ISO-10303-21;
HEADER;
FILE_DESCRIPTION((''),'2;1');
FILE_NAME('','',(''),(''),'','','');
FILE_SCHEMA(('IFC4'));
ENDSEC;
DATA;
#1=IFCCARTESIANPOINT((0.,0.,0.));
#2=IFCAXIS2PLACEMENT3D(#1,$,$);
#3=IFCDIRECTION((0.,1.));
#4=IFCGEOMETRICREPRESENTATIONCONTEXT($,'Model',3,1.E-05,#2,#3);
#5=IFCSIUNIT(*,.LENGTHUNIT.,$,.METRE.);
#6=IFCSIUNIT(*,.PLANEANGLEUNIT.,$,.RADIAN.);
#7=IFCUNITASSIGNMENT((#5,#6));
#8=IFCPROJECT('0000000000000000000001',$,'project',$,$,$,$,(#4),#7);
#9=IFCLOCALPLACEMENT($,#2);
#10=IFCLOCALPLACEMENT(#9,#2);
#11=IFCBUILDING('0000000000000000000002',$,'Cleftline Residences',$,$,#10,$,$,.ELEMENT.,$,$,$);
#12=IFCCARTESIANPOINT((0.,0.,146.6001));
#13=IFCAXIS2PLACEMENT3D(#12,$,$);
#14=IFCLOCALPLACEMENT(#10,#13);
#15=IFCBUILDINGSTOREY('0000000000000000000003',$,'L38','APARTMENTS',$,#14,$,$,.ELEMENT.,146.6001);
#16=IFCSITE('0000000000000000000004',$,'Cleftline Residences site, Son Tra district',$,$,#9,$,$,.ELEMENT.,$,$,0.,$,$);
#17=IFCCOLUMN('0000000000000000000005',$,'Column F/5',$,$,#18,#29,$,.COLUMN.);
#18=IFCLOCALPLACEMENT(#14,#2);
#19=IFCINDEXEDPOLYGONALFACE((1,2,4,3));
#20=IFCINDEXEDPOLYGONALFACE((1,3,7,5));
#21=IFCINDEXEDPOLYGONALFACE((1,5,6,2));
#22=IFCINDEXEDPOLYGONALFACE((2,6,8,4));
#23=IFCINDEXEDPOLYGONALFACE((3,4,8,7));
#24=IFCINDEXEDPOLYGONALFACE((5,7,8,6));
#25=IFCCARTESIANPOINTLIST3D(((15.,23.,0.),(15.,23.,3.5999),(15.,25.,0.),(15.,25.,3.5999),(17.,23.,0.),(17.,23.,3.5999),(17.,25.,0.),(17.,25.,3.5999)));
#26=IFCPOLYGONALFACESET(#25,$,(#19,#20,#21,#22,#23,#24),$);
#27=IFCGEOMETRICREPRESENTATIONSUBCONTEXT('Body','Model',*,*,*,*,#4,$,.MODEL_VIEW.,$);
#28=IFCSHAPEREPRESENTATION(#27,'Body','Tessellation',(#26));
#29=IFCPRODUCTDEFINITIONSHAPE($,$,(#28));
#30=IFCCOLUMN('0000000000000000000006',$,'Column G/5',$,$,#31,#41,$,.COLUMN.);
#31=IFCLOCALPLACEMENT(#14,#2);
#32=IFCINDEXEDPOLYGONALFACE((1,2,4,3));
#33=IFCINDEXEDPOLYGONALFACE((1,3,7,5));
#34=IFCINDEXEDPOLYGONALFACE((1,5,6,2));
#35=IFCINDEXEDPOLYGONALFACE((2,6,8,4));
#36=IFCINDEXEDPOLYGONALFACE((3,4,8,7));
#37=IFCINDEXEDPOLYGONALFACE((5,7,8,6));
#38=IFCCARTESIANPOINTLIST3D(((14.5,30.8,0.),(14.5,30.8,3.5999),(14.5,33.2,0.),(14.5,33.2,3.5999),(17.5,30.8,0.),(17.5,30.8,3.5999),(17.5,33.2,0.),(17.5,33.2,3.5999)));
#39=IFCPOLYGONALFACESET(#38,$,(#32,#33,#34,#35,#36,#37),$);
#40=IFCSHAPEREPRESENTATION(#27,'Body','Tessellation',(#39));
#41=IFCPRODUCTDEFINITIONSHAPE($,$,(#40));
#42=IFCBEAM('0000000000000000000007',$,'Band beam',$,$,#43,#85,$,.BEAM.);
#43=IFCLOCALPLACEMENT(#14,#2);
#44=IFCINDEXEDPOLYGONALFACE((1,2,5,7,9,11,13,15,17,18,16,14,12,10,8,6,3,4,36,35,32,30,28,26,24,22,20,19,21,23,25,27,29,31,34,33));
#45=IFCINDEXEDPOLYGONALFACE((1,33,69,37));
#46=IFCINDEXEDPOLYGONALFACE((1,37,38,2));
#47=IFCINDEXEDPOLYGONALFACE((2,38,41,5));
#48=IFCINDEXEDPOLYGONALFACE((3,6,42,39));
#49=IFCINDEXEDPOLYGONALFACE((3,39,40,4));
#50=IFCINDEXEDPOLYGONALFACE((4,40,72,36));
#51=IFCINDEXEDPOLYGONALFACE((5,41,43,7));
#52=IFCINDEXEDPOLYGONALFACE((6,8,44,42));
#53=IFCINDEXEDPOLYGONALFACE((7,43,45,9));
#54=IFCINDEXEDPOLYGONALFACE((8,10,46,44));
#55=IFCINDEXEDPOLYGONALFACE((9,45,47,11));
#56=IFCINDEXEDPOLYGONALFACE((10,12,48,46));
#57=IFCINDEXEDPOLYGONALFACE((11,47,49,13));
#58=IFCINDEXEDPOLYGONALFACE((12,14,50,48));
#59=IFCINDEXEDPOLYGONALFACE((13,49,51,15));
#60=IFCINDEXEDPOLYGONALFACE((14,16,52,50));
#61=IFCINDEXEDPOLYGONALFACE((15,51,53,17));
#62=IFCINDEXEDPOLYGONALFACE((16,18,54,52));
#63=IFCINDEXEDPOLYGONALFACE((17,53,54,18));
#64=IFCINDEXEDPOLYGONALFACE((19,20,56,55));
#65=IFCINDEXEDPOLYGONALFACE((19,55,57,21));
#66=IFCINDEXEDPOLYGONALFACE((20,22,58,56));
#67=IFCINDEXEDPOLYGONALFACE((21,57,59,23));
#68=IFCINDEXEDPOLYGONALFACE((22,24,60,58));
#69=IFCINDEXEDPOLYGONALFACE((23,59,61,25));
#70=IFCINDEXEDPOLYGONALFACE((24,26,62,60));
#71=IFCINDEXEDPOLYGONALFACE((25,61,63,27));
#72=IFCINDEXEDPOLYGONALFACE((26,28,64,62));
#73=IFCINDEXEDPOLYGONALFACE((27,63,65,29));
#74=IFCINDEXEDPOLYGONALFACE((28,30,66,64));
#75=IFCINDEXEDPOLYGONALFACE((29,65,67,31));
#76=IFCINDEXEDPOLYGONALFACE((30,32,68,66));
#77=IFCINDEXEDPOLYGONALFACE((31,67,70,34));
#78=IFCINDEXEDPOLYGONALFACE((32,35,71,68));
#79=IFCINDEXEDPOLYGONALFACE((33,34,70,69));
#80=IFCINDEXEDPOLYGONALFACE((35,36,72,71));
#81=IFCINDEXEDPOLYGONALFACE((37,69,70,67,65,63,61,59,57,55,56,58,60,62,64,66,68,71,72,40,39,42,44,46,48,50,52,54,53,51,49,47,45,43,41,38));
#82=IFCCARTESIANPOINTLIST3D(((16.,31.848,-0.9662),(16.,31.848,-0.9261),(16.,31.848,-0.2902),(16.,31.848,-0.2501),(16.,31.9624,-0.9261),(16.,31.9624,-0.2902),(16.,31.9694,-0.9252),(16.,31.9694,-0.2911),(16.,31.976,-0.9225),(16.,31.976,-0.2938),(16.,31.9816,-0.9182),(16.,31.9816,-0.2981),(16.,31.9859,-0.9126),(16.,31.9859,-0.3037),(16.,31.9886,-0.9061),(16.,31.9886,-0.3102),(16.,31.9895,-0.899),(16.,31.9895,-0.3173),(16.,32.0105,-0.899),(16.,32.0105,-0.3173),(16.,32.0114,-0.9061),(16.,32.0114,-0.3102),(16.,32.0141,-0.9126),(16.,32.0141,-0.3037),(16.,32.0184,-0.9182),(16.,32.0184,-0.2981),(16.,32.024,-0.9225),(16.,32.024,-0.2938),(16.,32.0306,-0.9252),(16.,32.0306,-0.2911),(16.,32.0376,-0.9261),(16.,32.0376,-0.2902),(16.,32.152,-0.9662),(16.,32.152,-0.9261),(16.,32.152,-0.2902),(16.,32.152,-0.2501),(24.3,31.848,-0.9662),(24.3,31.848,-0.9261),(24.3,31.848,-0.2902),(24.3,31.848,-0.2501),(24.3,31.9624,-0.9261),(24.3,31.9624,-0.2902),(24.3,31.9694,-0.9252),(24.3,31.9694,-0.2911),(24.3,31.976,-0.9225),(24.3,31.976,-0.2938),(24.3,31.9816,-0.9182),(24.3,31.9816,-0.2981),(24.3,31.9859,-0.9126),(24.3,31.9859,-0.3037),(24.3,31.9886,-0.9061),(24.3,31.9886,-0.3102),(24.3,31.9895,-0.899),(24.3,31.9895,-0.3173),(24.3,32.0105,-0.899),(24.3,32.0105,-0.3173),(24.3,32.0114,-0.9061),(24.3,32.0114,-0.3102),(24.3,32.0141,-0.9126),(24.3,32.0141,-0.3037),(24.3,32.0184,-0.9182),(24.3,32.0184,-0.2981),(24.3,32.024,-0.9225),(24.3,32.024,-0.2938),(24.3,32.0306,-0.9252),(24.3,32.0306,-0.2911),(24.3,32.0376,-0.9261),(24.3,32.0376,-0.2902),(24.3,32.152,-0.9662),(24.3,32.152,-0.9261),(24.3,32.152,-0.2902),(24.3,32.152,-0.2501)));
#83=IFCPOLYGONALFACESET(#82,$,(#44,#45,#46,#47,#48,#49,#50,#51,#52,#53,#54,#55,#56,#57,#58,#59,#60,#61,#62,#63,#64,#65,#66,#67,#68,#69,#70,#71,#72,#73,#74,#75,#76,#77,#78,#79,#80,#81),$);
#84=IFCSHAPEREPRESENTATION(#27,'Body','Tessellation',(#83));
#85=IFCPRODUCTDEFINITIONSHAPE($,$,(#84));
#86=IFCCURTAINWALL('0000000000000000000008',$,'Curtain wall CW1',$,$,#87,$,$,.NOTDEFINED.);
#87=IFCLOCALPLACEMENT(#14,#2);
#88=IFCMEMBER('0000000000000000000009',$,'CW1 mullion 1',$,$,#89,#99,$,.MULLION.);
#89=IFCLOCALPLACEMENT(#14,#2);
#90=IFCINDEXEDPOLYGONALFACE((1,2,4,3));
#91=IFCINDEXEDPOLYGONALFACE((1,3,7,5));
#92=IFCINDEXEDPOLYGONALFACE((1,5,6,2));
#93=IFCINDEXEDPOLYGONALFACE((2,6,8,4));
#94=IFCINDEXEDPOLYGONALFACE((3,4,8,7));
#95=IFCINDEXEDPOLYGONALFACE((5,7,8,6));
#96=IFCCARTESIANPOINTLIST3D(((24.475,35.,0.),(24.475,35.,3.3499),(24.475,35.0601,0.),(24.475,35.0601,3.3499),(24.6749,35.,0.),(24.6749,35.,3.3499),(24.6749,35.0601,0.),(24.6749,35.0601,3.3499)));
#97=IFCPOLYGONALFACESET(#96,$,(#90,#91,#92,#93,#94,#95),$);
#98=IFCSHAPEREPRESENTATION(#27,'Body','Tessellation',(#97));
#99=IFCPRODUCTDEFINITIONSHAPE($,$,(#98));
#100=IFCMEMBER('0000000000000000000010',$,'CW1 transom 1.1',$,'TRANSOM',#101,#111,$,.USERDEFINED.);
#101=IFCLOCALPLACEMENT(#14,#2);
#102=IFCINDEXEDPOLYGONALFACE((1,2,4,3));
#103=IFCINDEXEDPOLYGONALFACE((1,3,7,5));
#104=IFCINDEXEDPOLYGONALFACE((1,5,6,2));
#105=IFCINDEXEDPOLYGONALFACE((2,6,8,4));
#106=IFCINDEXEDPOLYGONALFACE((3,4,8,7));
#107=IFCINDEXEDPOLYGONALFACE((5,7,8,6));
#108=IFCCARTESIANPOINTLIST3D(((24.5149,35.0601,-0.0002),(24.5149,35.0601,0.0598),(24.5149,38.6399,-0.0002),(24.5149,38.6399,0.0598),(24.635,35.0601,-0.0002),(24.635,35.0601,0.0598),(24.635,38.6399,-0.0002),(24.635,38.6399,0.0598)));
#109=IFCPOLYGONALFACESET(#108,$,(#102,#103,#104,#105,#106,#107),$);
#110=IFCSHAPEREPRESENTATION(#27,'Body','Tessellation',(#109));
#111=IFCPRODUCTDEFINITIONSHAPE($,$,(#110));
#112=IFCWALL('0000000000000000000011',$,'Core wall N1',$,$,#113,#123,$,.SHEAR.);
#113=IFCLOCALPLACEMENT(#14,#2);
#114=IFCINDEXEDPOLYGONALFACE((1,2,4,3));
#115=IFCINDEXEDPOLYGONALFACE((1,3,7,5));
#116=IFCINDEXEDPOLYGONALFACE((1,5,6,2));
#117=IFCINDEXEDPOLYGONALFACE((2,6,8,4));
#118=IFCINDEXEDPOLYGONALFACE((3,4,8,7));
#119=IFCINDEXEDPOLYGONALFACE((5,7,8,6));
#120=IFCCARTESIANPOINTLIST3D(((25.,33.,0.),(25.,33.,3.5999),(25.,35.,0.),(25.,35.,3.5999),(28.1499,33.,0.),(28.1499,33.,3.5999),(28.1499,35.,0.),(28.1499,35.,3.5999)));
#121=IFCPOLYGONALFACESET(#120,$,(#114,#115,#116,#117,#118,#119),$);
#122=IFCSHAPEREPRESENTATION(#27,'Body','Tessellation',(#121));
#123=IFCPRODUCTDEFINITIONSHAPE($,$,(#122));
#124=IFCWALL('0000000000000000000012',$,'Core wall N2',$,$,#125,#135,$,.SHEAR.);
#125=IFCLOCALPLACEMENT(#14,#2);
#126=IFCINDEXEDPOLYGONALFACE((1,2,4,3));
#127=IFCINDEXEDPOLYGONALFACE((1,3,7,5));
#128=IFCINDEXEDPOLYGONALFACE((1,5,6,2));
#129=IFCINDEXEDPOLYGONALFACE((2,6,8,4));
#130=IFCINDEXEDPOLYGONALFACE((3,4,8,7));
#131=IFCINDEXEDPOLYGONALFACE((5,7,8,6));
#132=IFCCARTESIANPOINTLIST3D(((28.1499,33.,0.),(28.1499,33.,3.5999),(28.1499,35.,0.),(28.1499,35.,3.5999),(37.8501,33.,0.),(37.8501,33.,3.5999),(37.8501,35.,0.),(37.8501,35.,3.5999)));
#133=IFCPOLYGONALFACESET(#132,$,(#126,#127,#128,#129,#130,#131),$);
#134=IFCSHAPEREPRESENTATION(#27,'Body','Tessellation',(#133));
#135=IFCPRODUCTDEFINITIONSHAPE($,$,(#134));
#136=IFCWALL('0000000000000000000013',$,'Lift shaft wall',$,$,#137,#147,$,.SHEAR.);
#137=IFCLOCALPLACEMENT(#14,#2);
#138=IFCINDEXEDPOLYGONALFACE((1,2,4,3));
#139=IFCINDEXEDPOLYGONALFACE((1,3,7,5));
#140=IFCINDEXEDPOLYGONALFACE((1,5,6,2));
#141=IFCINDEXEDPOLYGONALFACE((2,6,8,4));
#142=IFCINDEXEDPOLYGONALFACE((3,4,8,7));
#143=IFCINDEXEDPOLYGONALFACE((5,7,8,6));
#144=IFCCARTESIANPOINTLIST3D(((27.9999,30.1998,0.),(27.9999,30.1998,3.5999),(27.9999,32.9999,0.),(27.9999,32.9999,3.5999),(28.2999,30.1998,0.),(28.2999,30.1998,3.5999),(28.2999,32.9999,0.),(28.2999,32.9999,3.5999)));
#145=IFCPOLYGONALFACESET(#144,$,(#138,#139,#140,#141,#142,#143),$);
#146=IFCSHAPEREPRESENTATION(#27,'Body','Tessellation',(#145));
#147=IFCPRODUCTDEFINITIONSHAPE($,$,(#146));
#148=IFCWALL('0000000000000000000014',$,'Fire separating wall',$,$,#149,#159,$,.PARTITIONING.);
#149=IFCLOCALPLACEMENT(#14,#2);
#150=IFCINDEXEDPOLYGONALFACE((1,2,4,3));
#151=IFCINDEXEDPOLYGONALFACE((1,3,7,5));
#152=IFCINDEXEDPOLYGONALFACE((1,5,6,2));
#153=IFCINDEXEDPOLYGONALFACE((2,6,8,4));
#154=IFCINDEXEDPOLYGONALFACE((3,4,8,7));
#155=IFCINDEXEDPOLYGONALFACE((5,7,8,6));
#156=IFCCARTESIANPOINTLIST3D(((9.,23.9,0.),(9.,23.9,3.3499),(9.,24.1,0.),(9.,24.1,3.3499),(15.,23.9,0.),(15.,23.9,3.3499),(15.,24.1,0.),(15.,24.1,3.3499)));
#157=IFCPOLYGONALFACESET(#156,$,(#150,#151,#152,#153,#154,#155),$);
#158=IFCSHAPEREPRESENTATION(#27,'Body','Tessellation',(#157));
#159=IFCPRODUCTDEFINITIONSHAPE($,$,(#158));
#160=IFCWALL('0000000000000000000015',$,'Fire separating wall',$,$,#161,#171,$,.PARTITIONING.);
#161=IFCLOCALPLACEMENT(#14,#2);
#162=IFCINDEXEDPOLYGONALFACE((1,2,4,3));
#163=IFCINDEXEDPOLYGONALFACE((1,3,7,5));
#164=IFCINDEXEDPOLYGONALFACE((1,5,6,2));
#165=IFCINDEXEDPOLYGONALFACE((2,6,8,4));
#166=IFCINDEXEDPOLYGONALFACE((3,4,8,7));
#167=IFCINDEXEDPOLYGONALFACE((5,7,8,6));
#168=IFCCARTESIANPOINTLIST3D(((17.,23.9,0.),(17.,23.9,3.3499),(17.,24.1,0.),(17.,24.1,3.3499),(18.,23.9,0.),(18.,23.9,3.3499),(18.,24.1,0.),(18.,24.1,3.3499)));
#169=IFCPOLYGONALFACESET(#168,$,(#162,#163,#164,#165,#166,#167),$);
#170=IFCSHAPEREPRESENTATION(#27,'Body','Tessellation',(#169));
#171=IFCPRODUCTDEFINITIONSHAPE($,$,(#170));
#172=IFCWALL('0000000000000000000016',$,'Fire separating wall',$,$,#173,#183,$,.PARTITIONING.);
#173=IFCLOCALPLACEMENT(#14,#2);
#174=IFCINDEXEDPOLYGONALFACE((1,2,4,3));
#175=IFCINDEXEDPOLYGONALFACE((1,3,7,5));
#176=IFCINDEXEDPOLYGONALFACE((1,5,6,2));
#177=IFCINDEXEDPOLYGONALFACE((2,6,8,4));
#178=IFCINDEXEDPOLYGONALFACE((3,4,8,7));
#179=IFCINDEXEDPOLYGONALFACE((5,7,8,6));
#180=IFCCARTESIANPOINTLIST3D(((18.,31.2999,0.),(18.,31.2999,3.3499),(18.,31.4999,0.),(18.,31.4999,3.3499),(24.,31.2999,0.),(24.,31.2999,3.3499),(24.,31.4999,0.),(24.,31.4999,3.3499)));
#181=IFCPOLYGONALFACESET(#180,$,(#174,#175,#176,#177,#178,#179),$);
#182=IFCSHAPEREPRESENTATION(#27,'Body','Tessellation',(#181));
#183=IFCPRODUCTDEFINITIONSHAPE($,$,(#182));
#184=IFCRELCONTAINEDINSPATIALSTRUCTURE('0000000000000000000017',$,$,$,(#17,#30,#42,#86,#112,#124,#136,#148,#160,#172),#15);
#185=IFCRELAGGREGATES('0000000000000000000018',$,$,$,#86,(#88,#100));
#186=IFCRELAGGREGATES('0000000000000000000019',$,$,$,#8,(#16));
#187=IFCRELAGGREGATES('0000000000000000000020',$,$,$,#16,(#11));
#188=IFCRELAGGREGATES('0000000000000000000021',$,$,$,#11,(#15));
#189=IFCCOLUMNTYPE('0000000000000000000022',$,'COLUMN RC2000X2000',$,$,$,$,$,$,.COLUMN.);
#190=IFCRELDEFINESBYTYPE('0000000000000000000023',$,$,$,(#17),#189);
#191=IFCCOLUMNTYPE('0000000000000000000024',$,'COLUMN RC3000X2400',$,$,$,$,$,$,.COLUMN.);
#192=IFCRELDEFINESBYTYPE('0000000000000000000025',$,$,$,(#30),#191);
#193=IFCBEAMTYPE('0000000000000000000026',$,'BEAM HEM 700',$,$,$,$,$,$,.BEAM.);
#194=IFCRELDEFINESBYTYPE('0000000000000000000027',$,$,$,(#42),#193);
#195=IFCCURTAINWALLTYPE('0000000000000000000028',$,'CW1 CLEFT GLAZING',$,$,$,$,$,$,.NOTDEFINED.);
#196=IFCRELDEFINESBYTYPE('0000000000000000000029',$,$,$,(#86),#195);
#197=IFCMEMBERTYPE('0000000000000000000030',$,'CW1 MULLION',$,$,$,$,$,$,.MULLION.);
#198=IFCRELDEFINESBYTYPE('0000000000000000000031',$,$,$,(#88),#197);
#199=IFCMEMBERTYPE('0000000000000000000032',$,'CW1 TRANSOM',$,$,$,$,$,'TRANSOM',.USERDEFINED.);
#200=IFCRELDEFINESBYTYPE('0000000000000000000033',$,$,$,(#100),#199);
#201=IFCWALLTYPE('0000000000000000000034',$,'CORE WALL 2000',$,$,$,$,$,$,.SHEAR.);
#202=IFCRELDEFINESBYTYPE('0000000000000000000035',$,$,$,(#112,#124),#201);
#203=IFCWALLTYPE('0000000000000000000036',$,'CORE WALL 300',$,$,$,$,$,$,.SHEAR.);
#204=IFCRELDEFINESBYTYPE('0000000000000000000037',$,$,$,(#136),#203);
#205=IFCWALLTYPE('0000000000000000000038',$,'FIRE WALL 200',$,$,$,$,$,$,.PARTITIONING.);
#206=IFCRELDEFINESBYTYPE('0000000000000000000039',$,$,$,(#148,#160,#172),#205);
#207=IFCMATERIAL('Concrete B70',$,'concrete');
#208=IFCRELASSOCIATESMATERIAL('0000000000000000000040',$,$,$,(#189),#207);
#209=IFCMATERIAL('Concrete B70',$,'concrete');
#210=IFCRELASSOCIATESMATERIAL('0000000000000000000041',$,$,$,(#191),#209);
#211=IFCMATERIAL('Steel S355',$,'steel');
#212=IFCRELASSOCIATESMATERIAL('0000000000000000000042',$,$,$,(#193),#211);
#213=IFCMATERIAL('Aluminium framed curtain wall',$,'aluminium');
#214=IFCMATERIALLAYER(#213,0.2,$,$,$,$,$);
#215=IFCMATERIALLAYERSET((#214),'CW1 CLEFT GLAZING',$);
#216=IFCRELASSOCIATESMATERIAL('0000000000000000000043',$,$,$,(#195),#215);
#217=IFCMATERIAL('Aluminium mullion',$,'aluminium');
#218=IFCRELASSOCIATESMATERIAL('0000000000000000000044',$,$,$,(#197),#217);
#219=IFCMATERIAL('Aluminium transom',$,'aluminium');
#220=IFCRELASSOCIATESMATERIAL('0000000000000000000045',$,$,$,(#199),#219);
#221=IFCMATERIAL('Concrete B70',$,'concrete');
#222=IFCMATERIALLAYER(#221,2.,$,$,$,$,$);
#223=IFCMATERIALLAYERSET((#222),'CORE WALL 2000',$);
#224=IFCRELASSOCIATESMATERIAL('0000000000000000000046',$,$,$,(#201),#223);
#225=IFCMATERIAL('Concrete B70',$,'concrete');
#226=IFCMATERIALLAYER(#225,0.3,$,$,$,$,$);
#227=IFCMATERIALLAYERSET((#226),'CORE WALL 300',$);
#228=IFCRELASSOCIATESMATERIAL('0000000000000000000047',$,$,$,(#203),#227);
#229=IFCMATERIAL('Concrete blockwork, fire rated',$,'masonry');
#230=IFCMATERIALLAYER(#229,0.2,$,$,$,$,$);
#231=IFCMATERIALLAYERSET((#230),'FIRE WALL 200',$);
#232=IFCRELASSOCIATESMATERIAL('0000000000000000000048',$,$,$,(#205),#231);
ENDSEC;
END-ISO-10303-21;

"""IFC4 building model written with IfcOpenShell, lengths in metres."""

from ifc_helpers import new_model, si_unit, direction, frame, frame_2d, origin, origin_2d, place, context, subcontext, project, spatial, rectangle, i_section, extrude, material, layer, layer_set, material_profile, profile_set, type_object, element, aggregate, save


model = new_model("IFC4")

# Units and contexts
model_context = context("Model", 3, precision=1e-05, world=origin(), true_north=direction((0.0, 1.0)))
body_context = subcontext(model_context, "Body", "Model", "MODEL_VIEW")
ifc_project = project(units=[si_unit("LENGTHUNIT", "METRE"), si_unit("PLANEANGLEUNIT", "RADIAN")], contexts=[model_context])

# Site, building, storey
site_placement = place(None, origin())
site = spatial("IfcSite", under=ifc_project, at=site_placement, Name="Cleftline Residences site, Son Tra district", CompositionType="ELEMENT", RefElevation=0.0)
building_placement = place(site_placement, origin())
building = spatial("IfcBuilding", under=site, at=building_placement, Name="Cleftline Residences", CompositionType="ELEMENT")
storey_placement = place(building_placement, frame((0.0, 0.0, 146.6001)))
storey = spatial("IfcBuildingStorey", under=building, at=storey_placement, Name="L38", Description="APARTMENTS", CompositionType="ELEMENT", Elevation=146.6001)

# Columns
ifc_material_1 = material(Name="Concrete B70", Category="concrete")
ifc_material_profile_1 = material_profile(ifc_material_1, rectangle(XDim=2.0, YDim=2.0, at=origin_2d()))
ifc_profile_set_1 = profile_set([ifc_material_profile_1], Name="Concrete B70")
column_type_1 = type_object("IfcColumnType", Name="COLUMN RC2000X2000", PredefinedType="COLUMN", material=ifc_profile_set_1)
column_1_placement = place(storey_placement, frame((16.0, 24.0, 0.0), z_axis=(0.0, 0.0, 1.0), x_axis=(1.0, 0.0, 0.0)))
element("IfcColumn", 1, at=column_1_placement, inside=storey, type_object=column_type_1, Name="Column F/5", PredefinedType="COLUMN", context=body_context, shape_type="SweptSolid", body=[
    extrude(rectangle(XDim=2.0, YDim=2.0, at=origin_2d()), origin(), (0.0, 0.0, 1.0), 3.5999),
])
ifc_material_2 = material(Name="Concrete B70", Category="concrete")
ifc_material_profile_2 = material_profile(ifc_material_2, rectangle(XDim=3.0, YDim=2.3999, at=origin_2d()))
ifc_profile_set_2 = profile_set([ifc_material_profile_2], Name="Concrete B70")
column_type_2 = type_object("IfcColumnType", Name="COLUMN RC3000X2400", PredefinedType="COLUMN", material=ifc_profile_set_2)
column_2_placement = place(storey_placement, frame((16.0, 32.0, 0.0), z_axis=(0.0, 0.0, 1.0), x_axis=(1.0, 0.0, 0.0)))
element("IfcColumn", 2, at=column_2_placement, inside=storey, type_object=column_type_2, Name="Column G/5", PredefinedType="COLUMN", context=body_context, shape_type="SweptSolid", body=[
    extrude(rectangle(XDim=3.0, YDim=2.3999, at=origin_2d()), origin(), (0.0, 0.0, 1.0), 3.5999),
])

# Beam
ifc_material_3 = material(Name="Steel S355", Category="steel")
ifc_material_profile_3 = material_profile(ifc_material_3, i_section(OverallWidth=0.304, OverallDepth=0.7161, WebThickness=0.021, FlangeThickness=0.04, FilletRadius=0.0271, at=origin_2d()))
ifc_profile_set_3 = profile_set([ifc_material_profile_3], Name="Steel S355")
beam_type = type_object("IfcBeamType", Name="BEAM HEM 700", PredefinedType="BEAM", material=ifc_profile_set_3)
beam_placement = place(storey_placement, frame((16.0, 32.0, -0.6082), z_axis=(1.0, 0.0, 0.0), x_axis=(0.0, 1.0, 0.0)))
element("IfcBeam", 3, at=beam_placement, inside=storey, type_object=beam_type, Name="Band beam", PredefinedType="BEAM", context=body_context, shape_type="SweptSolid", body=[
    extrude(i_section(OverallWidth=0.304, OverallDepth=0.7161, WebThickness=0.021, FlangeThickness=0.04, FilletRadius=0.0271, at=origin_2d()), origin(), (0.0, 0.0, 1.0), 8.3),
])

# Curtain wall, members
ifc_material_4 = material(Name="Aluminium framed curtain wall", Category="aluminium")
ifc_layer_1 = layer(ifc_material_4, 0.2)
ifc_layer_set_1 = layer_set([ifc_layer_1], Name="CW1 CLEFT GLAZING")
curtain_wall_type = type_object("IfcCurtainWallType", Name="CW1 CLEFT GLAZING", PredefinedType="NOTDEFINED", material=ifc_layer_set_1)
curtain_wall_placement = place(storey_placement, origin())
curtain_wall = element("IfcCurtainWall", 4, at=curtain_wall_placement, inside=storey, type_object=curtain_wall_type, Name="Curtain wall CW1", PredefinedType="NOTDEFINED")
ifc_material_5 = material(Name="Aluminium mullion", Category="aluminium")
ifc_material_profile_4 = material_profile(ifc_material_5, rectangle(XDim=0.2, YDim=0.0601, at=origin_2d()))
ifc_profile_set_4 = profile_set([ifc_material_profile_4], Name="Aluminium mullion")
member_type_1 = type_object("IfcMemberType", Name="CW1 MULLION", PredefinedType="MULLION", material=ifc_profile_set_4)
member_1_placement = place(storey_placement, frame((24.575, 35.03, 0.0), z_axis=(0.0, 0.0, 1.0), x_axis=(-1.0, 0.0, 0.0)))
member_1 = element("IfcMember", 5, at=member_1_placement, type_object=member_type_1, Name="CW1 mullion 1", PredefinedType="MULLION", context=body_context, shape_type="SweptSolid", body=[
    extrude(rectangle(XDim=0.2, YDim=0.0601, at=origin_2d()), origin(), (0.0, 0.0, 1.0), 3.3499),
])
ifc_material_6 = material(Name="Aluminium transom", Category="aluminium")
ifc_material_profile_5 = material_profile(ifc_material_6, rectangle(XDim=0.1201, YDim=0.0601, at=origin_2d()))
ifc_profile_set_5 = profile_set([ifc_material_profile_5], Name="Aluminium transom")
member_type_2 = type_object("IfcMemberType", Name="CW1 TRANSOM", ElementType="TRANSOM", PredefinedType="USERDEFINED", material=ifc_profile_set_5)
member_2_placement = place(storey_placement, frame((24.575, 35.0601, 0.0298), z_axis=(0.0, 1.0, 0.0), x_axis=(-1.0, 0.0, 0.0)))
member_2 = element("IfcMember", 6, at=member_2_placement, type_object=member_type_2, Name="CW1 transom 1.1", ObjectType="TRANSOM", PredefinedType="USERDEFINED", context=body_context, shape_type="SweptSolid", body=[
    extrude(rectangle(XDim=0.1201, YDim=0.0601, at=origin_2d()), origin(), (0.0, 0.0, 1.0), 3.5798),
])
aggregate(curtain_wall, [member_1, member_2])

# Walls
ifc_material_7 = material(Name="Concrete B70", Category="concrete")
ifc_layer_2 = layer(ifc_material_7, 2.0)
ifc_layer_set_2 = layer_set([ifc_layer_2], Name="CORE WALL 2000")
wall_type_1 = type_object("IfcWallType", Name="CORE WALL 2000", PredefinedType="SHEAR", material=ifc_layer_set_2)
wall_1_placement = place(storey_placement, frame((25.0, 34.0, 0.0), z_axis=(0.0, 0.0, 1.0), x_axis=(1.0, 0.0, 0.0)))
element("IfcWall", 7, at=wall_1_placement, inside=storey, type_object=wall_type_1, Name="Core wall N1", PredefinedType="SHEAR", context=body_context, shape_type="SweptSolid", body=[
    extrude(rectangle(XDim=3.1499, YDim=2.0, at=frame_2d((1.575, 0.0))), origin(), (0.0, 0.0, 1.0), 3.5999),
])
wall_2_placement = place(storey_placement, frame((28.1499, 34.0, 0.0), z_axis=(0.0, 0.0, 1.0), x_axis=(1.0, 0.0, 0.0)))
element("IfcWall", 8, at=wall_2_placement, inside=storey, type_object=wall_type_1, Name="Core wall N2", PredefinedType="SHEAR", context=body_context, shape_type="SweptSolid", body=[
    extrude(rectangle(XDim=9.7002, YDim=2.0, at=frame_2d((4.8501, 0.0))), origin(), (0.0, 0.0, 1.0), 3.5999),
])
ifc_material_8 = material(Name="Concrete B70", Category="concrete")
ifc_layer_3 = layer(ifc_material_8, 0.3)
ifc_layer_set_3 = layer_set([ifc_layer_3], Name="CORE WALL 300")
wall_type_2 = type_object("IfcWallType", Name="CORE WALL 300", PredefinedType="SHEAR", material=ifc_layer_set_3)
wall_3_placement = place(storey_placement, frame((28.1499, 30.2, 0.0), z_axis=(0.0, 0.0, 1.0), x_axis=(0.0, 1.0, 0.0)))
element("IfcWall", 9, at=wall_3_placement, inside=storey, type_object=wall_type_2, Name="Lift shaft wall", PredefinedType="SHEAR", context=body_context, shape_type="SweptSolid", body=[
    extrude(rectangle(XDim=2.8, YDim=0.3, at=frame_2d((1.3999, 0.0))), origin(), (0.0, 0.0, 1.0), 3.5999),
])
ifc_material_9 = material(Name="Concrete blockwork, fire rated", Category="masonry")
ifc_layer_4 = layer(ifc_material_9, 0.2)
ifc_layer_set_4 = layer_set([ifc_layer_4], Name="FIRE WALL 200")
wall_type_3 = type_object("IfcWallType", Name="FIRE WALL 200", PredefinedType="PARTITIONING", material=ifc_layer_set_4)
wall_4_placement = place(storey_placement, frame((9.0, 24.0, 0.0), z_axis=(0.0, 0.0, 1.0), x_axis=(1.0, 0.0, 0.0)))
element("IfcWall", 10, at=wall_4_placement, inside=storey, type_object=wall_type_3, Name="Fire separating wall", PredefinedType="PARTITIONING", context=body_context, shape_type="SweptSolid", body=[
    extrude(rectangle(XDim=6.0, YDim=0.2, at=frame_2d((3.0, 0.0))), origin(), (0.0, 0.0, 1.0), 3.3499),
])
wall_5_placement = place(storey_placement, frame((17.0, 24.0, 0.0), z_axis=(0.0, 0.0, 1.0), x_axis=(1.0, 0.0, 0.0)))
element("IfcWall", 11, at=wall_5_placement, inside=storey, type_object=wall_type_3, Name="Fire separating wall", PredefinedType="PARTITIONING", context=body_context, shape_type="SweptSolid", body=[
    extrude(rectangle(XDim=1.0, YDim=0.2, at=frame_2d((0.5, 0.0))), origin(), (0.0, 0.0, 1.0), 3.3499),
])
wall_6_placement = place(storey_placement, frame((18.0, 31.3999, 0.0), z_axis=(0.0, 0.0, 1.0), x_axis=(1.0, 0.0, 0.0)))
element("IfcWall", 12, at=wall_6_placement, inside=storey, type_object=wall_type_3, Name="Fire separating wall", PredefinedType="PARTITIONING", context=body_context, shape_type="SweptSolid", body=[
    extrude(rectangle(XDim=6.0, YDim=0.2, at=frame_2d((3.0, 0.0))), origin(), (0.0, 0.0, 1.0), 3.3499),
])

save(model, "model.ifc")
